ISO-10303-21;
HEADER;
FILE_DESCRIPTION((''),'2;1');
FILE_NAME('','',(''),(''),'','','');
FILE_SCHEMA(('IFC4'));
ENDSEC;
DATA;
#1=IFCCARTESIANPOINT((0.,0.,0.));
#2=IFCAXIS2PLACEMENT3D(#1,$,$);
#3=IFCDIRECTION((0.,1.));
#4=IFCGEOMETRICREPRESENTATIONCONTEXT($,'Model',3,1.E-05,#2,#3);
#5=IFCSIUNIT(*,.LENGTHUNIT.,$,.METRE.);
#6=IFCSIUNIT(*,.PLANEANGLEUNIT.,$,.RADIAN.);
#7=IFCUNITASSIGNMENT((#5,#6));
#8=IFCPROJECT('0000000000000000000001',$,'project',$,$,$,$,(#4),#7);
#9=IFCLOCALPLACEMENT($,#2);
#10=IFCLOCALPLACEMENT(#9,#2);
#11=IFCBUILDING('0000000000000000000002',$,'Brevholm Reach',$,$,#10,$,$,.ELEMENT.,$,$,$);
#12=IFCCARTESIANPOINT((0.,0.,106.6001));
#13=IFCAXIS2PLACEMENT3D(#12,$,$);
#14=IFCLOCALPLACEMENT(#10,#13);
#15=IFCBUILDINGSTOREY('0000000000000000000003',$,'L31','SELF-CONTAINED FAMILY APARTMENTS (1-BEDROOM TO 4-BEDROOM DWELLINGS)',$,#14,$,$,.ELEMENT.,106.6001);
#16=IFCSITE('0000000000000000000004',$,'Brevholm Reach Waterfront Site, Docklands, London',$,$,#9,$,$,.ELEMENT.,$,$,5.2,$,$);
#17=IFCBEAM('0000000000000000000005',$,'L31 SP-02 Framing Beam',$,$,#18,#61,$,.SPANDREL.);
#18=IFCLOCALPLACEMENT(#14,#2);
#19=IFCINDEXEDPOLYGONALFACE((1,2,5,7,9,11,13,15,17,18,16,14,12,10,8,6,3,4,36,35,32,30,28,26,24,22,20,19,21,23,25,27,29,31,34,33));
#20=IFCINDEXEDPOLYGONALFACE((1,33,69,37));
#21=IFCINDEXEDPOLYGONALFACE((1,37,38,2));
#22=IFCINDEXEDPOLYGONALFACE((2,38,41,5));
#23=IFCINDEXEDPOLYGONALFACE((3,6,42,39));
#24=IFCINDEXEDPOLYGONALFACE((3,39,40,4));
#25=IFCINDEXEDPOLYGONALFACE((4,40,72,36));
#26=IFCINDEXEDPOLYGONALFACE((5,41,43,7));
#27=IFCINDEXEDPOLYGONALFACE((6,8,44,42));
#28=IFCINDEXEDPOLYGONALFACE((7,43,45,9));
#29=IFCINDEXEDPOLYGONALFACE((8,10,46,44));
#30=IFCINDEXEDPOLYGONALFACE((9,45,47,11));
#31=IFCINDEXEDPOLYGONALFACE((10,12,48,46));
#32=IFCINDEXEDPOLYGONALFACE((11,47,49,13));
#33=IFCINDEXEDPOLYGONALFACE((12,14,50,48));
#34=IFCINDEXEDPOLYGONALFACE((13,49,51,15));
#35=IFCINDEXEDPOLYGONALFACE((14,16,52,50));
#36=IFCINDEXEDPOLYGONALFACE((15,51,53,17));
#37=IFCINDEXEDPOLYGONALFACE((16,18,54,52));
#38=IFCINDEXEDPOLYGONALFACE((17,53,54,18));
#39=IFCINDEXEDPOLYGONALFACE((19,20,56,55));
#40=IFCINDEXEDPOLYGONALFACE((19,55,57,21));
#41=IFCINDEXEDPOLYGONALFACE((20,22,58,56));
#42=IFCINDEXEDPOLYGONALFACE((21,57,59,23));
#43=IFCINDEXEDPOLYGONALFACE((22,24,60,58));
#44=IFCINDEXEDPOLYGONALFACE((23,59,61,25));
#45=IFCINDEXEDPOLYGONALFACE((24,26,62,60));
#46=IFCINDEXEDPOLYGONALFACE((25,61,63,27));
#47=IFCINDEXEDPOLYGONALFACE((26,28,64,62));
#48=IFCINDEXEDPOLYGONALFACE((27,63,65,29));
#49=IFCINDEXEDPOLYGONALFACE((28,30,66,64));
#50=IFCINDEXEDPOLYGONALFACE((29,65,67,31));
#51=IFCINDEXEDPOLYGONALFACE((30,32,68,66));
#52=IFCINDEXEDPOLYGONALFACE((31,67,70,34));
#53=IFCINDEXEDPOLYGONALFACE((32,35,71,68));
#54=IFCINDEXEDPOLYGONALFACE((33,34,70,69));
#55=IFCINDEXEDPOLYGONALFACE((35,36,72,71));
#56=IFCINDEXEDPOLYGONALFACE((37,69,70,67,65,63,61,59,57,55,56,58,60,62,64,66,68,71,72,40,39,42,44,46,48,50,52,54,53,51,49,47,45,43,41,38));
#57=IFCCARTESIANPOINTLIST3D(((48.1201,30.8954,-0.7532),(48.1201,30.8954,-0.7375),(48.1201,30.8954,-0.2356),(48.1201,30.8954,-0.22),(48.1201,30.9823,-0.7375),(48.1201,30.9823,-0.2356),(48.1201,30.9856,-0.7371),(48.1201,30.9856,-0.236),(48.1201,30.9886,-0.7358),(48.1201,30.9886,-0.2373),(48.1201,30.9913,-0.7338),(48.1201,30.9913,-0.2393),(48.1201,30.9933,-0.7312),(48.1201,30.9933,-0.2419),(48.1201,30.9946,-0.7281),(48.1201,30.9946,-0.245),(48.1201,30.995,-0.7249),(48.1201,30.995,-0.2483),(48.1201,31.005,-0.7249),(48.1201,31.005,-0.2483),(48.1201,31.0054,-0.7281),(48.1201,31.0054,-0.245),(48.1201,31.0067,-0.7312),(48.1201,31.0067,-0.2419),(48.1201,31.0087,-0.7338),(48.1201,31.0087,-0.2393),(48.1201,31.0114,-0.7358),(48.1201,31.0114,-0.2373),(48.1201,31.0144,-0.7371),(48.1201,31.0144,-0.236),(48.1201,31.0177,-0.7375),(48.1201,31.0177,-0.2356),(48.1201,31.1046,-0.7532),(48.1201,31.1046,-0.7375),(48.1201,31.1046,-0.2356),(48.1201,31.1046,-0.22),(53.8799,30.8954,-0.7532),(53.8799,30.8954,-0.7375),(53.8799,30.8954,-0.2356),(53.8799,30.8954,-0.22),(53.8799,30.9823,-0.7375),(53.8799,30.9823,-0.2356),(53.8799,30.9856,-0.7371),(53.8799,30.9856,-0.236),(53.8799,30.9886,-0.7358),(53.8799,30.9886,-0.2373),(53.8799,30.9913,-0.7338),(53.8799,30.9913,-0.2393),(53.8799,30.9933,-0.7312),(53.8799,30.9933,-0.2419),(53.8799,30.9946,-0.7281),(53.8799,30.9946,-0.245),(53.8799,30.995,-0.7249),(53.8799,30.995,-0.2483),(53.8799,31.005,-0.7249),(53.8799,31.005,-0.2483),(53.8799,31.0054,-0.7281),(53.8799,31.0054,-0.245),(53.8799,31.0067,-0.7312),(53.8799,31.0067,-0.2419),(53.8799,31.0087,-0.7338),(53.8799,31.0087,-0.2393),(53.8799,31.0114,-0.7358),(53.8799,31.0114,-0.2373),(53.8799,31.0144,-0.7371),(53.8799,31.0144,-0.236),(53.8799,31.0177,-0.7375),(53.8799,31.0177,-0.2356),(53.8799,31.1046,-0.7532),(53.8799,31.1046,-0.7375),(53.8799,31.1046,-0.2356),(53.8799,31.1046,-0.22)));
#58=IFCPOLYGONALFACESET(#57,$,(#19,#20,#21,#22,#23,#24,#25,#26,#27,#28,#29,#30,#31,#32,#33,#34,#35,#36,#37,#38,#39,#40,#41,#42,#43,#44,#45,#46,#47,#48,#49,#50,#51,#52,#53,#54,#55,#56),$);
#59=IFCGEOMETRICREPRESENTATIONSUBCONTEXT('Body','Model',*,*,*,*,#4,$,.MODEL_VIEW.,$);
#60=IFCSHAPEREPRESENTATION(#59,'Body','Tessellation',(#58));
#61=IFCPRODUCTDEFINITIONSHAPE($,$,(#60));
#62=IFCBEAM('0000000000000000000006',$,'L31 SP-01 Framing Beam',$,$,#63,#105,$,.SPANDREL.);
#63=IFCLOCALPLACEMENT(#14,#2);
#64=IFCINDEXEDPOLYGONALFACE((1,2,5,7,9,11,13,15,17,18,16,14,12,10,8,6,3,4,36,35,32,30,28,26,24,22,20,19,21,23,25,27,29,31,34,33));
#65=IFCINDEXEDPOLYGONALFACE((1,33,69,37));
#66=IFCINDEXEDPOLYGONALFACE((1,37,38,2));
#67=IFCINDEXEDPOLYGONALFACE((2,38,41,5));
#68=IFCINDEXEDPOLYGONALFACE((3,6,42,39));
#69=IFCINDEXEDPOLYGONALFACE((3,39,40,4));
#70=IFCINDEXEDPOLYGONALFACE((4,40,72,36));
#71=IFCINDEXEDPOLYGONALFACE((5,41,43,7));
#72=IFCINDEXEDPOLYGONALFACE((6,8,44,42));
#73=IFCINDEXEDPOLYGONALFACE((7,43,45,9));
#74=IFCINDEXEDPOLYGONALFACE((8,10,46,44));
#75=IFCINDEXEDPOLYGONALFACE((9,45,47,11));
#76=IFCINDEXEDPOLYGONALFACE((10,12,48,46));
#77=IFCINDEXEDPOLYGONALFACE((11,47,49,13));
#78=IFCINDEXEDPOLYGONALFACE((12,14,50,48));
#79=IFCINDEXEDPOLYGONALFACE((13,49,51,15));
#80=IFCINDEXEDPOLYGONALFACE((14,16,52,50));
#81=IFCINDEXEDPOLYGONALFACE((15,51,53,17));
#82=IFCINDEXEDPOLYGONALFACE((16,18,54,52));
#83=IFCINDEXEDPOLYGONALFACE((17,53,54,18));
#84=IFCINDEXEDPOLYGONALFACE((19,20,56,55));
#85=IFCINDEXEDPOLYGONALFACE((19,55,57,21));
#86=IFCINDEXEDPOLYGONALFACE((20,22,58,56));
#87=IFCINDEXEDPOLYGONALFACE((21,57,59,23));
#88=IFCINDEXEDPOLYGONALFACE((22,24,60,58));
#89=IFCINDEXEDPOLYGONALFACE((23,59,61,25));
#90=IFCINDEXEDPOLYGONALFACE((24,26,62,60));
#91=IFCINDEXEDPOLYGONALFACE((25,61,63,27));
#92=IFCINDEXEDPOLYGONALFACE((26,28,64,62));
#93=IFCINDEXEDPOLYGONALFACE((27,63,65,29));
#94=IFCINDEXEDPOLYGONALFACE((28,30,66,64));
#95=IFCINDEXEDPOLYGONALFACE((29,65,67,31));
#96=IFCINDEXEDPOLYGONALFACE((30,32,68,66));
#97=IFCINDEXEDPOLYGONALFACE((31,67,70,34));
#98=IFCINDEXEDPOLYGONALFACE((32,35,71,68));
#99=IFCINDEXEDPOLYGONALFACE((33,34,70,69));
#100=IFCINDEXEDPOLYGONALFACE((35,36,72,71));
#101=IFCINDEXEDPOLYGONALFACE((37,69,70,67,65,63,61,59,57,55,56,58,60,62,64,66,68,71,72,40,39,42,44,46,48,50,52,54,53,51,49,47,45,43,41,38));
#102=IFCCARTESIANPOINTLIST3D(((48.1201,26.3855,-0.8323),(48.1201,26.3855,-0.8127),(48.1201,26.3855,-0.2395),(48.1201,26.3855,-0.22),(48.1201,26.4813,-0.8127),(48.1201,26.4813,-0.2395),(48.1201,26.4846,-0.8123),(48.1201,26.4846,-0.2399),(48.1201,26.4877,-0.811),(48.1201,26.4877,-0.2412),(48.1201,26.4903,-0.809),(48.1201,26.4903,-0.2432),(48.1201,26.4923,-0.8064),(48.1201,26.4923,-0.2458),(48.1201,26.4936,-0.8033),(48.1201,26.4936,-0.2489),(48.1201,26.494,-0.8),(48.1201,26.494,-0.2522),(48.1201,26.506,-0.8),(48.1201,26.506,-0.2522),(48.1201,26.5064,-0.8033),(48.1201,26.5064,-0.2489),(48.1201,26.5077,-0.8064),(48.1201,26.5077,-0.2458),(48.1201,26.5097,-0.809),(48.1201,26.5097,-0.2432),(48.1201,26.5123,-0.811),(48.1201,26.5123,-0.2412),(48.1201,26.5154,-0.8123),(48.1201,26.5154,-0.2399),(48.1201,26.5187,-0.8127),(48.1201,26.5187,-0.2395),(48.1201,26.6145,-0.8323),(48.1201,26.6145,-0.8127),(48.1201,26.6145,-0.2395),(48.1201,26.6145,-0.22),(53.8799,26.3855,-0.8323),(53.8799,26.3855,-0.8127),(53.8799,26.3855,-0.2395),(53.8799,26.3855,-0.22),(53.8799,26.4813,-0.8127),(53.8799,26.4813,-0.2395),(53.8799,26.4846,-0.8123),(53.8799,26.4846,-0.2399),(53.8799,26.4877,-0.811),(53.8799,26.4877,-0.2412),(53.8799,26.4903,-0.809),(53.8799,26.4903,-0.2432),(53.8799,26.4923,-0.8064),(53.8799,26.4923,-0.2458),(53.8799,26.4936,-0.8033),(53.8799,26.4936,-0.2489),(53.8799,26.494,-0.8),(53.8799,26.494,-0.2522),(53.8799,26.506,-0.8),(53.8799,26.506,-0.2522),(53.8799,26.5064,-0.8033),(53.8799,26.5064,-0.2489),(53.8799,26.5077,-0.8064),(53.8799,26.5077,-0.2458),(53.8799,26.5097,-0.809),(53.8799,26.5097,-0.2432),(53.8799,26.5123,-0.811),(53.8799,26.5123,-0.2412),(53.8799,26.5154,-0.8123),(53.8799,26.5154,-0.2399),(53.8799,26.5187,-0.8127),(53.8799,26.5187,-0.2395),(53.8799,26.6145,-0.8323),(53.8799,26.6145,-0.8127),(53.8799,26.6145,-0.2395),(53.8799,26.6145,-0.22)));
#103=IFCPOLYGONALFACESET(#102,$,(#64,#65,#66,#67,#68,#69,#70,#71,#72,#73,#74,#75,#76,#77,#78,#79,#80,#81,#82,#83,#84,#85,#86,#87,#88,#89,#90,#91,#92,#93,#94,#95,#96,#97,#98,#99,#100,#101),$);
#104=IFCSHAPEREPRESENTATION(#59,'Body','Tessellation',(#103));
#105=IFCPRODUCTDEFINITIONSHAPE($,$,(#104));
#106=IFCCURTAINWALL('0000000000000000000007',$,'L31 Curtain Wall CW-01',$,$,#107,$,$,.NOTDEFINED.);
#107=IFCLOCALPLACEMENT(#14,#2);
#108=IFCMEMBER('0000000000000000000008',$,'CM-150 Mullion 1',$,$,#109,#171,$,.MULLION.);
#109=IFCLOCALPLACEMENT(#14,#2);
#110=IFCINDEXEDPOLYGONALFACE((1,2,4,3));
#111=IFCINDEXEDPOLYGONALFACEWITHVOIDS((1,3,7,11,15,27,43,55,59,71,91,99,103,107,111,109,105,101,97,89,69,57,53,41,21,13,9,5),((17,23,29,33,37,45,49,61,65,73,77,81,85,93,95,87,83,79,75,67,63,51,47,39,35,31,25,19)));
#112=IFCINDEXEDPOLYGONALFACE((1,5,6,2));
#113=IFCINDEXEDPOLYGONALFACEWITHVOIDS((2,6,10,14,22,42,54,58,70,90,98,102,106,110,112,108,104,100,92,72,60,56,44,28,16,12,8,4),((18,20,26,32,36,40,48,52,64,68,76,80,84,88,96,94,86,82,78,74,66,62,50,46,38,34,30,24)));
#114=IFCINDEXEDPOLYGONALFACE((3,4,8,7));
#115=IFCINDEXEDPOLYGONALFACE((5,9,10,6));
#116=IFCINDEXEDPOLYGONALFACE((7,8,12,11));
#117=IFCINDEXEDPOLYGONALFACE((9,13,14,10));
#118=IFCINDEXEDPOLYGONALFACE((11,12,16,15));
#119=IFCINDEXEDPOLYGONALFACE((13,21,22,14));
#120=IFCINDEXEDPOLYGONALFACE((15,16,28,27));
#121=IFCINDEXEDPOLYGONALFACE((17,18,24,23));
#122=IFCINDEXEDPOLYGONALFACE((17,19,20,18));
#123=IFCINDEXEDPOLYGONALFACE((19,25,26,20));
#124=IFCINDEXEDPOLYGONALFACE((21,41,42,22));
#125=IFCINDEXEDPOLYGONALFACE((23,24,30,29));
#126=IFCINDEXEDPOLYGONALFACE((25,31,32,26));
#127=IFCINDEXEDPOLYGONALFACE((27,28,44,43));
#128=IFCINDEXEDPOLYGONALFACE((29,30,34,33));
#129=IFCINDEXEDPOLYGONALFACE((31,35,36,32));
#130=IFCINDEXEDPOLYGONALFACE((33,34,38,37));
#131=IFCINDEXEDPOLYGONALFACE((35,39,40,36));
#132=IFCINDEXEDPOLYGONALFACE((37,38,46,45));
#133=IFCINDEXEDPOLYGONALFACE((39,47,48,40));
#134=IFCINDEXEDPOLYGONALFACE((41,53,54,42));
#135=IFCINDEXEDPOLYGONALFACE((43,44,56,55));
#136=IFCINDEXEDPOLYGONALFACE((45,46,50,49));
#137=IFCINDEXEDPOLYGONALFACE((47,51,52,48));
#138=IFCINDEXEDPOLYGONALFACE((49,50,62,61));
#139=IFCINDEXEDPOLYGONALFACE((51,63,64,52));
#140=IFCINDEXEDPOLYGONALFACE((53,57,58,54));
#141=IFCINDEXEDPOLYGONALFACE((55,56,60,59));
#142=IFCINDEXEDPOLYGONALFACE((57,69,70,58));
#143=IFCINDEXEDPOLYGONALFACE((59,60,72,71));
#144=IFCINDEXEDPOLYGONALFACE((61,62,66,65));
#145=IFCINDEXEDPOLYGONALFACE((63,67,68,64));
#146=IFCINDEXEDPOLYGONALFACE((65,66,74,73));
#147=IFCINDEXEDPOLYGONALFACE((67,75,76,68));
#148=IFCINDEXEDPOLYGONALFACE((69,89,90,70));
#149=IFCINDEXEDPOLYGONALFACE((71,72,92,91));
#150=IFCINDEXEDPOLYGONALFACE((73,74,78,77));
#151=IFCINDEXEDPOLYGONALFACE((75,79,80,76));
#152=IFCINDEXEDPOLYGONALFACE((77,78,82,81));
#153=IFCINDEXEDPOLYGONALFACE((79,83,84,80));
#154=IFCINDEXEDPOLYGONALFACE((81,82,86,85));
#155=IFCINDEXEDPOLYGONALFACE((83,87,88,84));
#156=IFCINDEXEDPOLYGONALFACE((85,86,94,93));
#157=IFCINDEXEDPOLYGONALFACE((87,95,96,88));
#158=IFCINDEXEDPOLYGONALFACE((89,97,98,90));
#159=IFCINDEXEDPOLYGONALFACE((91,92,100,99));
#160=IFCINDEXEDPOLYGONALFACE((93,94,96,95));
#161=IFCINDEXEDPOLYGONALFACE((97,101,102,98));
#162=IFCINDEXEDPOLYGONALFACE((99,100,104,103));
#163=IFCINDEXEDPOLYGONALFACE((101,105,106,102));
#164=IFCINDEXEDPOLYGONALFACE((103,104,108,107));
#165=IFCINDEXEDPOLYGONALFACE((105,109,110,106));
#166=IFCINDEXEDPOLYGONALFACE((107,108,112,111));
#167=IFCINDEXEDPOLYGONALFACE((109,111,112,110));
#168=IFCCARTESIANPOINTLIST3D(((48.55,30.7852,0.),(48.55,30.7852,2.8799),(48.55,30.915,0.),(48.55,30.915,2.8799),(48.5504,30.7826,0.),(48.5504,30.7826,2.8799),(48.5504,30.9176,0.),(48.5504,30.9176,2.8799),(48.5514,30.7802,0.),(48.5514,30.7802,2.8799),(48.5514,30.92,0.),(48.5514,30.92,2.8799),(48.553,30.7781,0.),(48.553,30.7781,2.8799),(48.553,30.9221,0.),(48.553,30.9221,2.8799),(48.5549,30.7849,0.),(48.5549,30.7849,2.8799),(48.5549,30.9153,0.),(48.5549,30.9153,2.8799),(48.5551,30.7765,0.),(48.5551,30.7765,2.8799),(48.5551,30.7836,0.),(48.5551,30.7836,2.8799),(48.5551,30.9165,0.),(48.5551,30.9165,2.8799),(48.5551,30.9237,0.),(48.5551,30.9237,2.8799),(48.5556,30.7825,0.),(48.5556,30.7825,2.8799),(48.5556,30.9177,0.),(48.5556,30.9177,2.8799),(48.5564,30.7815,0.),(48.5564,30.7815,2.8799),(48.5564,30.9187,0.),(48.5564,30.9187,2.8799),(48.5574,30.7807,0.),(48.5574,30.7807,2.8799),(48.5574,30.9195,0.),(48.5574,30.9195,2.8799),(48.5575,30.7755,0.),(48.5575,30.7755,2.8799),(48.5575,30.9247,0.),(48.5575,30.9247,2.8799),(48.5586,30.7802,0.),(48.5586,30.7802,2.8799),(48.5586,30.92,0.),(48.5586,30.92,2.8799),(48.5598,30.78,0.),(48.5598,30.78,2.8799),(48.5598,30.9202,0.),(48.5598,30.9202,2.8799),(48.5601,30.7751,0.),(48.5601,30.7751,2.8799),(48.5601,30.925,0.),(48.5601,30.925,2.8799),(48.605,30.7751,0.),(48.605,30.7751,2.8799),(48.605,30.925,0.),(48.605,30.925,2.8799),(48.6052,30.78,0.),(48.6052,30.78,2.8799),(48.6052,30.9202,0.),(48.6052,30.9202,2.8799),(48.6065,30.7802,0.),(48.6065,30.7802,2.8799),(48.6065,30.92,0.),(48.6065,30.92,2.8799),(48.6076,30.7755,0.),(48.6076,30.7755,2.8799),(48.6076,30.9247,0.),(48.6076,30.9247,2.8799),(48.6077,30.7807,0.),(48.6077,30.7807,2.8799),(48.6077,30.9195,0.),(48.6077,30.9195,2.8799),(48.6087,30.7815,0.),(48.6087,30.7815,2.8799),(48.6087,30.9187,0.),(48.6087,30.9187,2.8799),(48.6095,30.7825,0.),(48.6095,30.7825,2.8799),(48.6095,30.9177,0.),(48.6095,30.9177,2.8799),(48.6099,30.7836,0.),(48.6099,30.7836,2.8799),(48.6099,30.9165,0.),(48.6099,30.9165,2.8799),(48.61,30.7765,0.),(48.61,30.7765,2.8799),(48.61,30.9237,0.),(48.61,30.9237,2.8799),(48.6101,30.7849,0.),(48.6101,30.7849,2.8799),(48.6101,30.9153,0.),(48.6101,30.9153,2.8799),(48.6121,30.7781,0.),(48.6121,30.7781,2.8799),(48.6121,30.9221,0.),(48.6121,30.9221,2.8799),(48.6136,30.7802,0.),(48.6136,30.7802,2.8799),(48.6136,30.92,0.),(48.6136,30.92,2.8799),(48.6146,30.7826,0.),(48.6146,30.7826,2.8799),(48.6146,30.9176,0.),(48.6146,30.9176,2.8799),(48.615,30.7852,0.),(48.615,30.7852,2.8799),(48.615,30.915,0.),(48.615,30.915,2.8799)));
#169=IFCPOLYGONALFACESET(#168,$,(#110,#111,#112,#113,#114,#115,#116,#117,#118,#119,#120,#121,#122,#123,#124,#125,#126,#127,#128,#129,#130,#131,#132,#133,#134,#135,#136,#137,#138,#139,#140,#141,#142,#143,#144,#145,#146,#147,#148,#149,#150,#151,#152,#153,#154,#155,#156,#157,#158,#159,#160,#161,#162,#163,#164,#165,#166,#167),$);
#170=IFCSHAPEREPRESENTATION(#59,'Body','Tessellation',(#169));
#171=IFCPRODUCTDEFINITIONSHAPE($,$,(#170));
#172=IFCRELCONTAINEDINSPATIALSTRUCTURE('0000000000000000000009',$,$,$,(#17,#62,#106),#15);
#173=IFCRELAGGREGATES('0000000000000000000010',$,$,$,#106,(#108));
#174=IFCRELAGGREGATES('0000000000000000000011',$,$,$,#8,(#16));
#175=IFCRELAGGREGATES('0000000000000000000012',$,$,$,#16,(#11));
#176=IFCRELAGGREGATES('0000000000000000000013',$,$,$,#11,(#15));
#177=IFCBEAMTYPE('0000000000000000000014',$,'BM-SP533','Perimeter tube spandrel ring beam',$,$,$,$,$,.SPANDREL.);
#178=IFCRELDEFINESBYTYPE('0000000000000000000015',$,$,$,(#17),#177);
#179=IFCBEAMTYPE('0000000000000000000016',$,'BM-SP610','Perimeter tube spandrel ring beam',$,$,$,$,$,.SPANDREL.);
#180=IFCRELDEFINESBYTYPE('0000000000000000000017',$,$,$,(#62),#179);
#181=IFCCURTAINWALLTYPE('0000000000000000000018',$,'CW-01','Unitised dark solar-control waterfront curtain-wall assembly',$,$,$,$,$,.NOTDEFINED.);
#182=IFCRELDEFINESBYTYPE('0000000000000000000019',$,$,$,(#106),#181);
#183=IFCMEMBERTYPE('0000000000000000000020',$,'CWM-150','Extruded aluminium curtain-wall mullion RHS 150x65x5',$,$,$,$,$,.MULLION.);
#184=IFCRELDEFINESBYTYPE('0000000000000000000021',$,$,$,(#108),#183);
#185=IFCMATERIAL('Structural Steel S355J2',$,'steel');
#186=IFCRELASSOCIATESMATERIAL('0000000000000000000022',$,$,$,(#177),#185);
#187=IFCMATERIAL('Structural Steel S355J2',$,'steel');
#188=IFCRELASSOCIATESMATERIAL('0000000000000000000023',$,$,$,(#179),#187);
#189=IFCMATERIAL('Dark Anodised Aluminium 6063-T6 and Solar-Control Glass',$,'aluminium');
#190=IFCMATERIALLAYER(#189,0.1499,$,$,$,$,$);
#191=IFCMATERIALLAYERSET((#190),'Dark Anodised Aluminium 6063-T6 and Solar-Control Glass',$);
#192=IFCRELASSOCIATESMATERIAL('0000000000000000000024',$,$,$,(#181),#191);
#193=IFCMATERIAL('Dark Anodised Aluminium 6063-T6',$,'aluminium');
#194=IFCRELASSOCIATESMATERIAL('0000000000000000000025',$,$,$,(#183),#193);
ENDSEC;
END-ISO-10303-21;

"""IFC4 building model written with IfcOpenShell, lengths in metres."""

from ifc_helpers import new_model, si_unit, direction, frame, origin, origin_2d, place, context, subcontext, project, spatial, hollow_rectangle, i_section, extrude, material, layer, layer_set, material_profile, profile_set, type_object, element, aggregate, save


model = new_model("IFC4")

# Units and contexts
model_context = context("Model", 3, precision=1e-05, world=origin(), true_north=direction((0.0, 1.0)))
body_context = subcontext(model_context, "Body", "Model", "MODEL_VIEW")
ifc_project = project(units=[si_unit("LENGTHUNIT", "METRE"), si_unit("PLANEANGLEUNIT", "RADIAN")], contexts=[model_context])

# Site, building, storey
site_placement = place(None, origin())
site = spatial("IfcSite", under=ifc_project, at=site_placement, Name="Brevholm Reach Waterfront Site, Docklands, London", CompositionType="ELEMENT", RefElevation=5.2)
building_placement = place(site_placement, origin())
building = spatial("IfcBuilding", under=site, at=building_placement, Name="Brevholm Reach", CompositionType="ELEMENT")
storey_placement = place(building_placement, frame((0.0, 0.0, 106.6001)))
storey = spatial("IfcBuildingStorey", under=building, at=storey_placement, Name="L31", Description="SELF-CONTAINED FAMILY APARTMENTS (1-BEDROOM TO 4-BEDROOM DWELLINGS)", CompositionType="ELEMENT", Elevation=106.6001)

# Beams
ifc_material_1 = material(Name="Structural Steel S355J2", Category="steel")
ifc_material_profile_1 = material_profile(ifc_material_1, i_section(OverallWidth=0.2092, OverallDepth=0.5332, WebThickness=0.01, FlangeThickness=0.0156, FilletRadius=0.0127, at=origin_2d()), Name="UKB 533x210x92")
ifc_profile_set_1 = profile_set([ifc_material_profile_1], Name="Structural Steel S355J2")
beam_type_1 = type_object("IfcBeamType", Name="BM-SP533", Description="Perimeter tube spandrel ring beam", PredefinedType="SPANDREL", material=ifc_profile_set_1)
beam_1_placement = place(storey_placement, frame((48.1201, 31.0, -0.4866), z_axis=(1.0, 0.0, 0.0), x_axis=(0.0, 1.0, 0.0)))
element("IfcBeam", 1, at=beam_1_placement, inside=storey, type_object=beam_type_1, Name="L31 SP-02 Framing Beam", PredefinedType="SPANDREL", context=body_context, shape_type="SweptSolid", body=[
    extrude(i_section(OverallWidth=0.2092, OverallDepth=0.5332, WebThickness=0.01, FlangeThickness=0.0156, FilletRadius=0.0127, at=origin_2d()), origin(), (0.0, 0.0, 1.0), 5.7598),
])
ifc_material_2 = material(Name="Structural Steel S355J2", Category="steel")
ifc_material_profile_2 = material_profile(ifc_material_2, i_section(OverallWidth=0.229, OverallDepth=0.6123, WebThickness=0.012, FlangeThickness=0.0195, FilletRadius=0.0127, at=origin_2d()), Name="UKB 610x229x125")
ifc_profile_set_2 = profile_set([ifc_material_profile_2], Name="Structural Steel S355J2")
beam_type_2 = type_object("IfcBeamType", Name="BM-SP610", Description="Perimeter tube spandrel ring beam", PredefinedType="SPANDREL", material=ifc_profile_set_2)
beam_2_placement = place(storey_placement, frame((48.1201, 26.5, -0.5261), z_axis=(1.0, 0.0, 0.0), x_axis=(0.0, 1.0, 0.0)))
element("IfcBeam", 2, at=beam_2_placement, inside=storey, type_object=beam_type_2, Name="L31 SP-01 Framing Beam", PredefinedType="SPANDREL", context=body_context, shape_type="SweptSolid", body=[
    extrude(i_section(OverallWidth=0.229, OverallDepth=0.6123, WebThickness=0.012, FlangeThickness=0.0195, FilletRadius=0.0127, at=origin_2d()), origin(), (0.0, 0.0, 1.0), 5.7598),
])

# Curtain wall, member
ifc_material_3 = material(Name="Dark Anodised Aluminium 6063-T6 and Solar-Control Glass", Category="aluminium")
ifc_layer_1 = layer(ifc_material_3, 0.1499)
ifc_layer_set_1 = layer_set([ifc_layer_1], Name="Dark Anodised Aluminium 6063-T6 and Solar-Control Glass")
curtain_wall_type = type_object("IfcCurtainWallType", Name="CW-01", Description="Unitised dark solar-control waterfront curtain-wall assembly", PredefinedType="NOTDEFINED", material=ifc_layer_set_1)
curtain_wall_placement = place(storey_placement, origin())
curtain_wall = element("IfcCurtainWall", 3, at=curtain_wall_placement, inside=storey, type_object=curtain_wall_type, Name="L31 Curtain Wall CW-01", PredefinedType="NOTDEFINED")
ifc_material_4 = material(Name="Dark Anodised Aluminium 6063-T6", Category="aluminium")
ifc_material_profile_3 = material_profile(ifc_material_4, hollow_rectangle(XDim=0.0649, YDim=0.1499, WallThickness=0.0049, InnerFilletRadius=0.0049, OuterFilletRadius=0.01, at=origin_2d()), Name="RHS 150x65x5")
ifc_profile_set_3 = profile_set([ifc_material_profile_3], Name="Dark Anodised Aluminium 6063-T6")
member_type_1 = type_object("IfcMemberType", Name="CWM-150", Description="Extruded aluminium curtain-wall mullion RHS 150x65x5", PredefinedType="MULLION", material=ifc_profile_set_3)
member_1_placement = place(storey_placement, frame((48.5825, 30.8501, 0.0), z_axis=(0.0, 0.0, 1.0), x_axis=(1.0, 0.0, 0.0)))
member_1 = element("IfcMember", 4, at=member_1_placement, type_object=member_type_1, Name="CM-150 Mullion 1", PredefinedType="MULLION", context=body_context, shape_type="SweptSolid", body=[
    extrude(hollow_rectangle(XDim=0.0649, YDim=0.1499, WallThickness=0.0049, InnerFilletRadius=0.0049, OuterFilletRadius=0.01, at=origin_2d()), origin(), (0.0, 0.0, 1.0), 2.8799),
])
aggregate(curtain_wall, [member_1])

save(model, "model.ifc")
